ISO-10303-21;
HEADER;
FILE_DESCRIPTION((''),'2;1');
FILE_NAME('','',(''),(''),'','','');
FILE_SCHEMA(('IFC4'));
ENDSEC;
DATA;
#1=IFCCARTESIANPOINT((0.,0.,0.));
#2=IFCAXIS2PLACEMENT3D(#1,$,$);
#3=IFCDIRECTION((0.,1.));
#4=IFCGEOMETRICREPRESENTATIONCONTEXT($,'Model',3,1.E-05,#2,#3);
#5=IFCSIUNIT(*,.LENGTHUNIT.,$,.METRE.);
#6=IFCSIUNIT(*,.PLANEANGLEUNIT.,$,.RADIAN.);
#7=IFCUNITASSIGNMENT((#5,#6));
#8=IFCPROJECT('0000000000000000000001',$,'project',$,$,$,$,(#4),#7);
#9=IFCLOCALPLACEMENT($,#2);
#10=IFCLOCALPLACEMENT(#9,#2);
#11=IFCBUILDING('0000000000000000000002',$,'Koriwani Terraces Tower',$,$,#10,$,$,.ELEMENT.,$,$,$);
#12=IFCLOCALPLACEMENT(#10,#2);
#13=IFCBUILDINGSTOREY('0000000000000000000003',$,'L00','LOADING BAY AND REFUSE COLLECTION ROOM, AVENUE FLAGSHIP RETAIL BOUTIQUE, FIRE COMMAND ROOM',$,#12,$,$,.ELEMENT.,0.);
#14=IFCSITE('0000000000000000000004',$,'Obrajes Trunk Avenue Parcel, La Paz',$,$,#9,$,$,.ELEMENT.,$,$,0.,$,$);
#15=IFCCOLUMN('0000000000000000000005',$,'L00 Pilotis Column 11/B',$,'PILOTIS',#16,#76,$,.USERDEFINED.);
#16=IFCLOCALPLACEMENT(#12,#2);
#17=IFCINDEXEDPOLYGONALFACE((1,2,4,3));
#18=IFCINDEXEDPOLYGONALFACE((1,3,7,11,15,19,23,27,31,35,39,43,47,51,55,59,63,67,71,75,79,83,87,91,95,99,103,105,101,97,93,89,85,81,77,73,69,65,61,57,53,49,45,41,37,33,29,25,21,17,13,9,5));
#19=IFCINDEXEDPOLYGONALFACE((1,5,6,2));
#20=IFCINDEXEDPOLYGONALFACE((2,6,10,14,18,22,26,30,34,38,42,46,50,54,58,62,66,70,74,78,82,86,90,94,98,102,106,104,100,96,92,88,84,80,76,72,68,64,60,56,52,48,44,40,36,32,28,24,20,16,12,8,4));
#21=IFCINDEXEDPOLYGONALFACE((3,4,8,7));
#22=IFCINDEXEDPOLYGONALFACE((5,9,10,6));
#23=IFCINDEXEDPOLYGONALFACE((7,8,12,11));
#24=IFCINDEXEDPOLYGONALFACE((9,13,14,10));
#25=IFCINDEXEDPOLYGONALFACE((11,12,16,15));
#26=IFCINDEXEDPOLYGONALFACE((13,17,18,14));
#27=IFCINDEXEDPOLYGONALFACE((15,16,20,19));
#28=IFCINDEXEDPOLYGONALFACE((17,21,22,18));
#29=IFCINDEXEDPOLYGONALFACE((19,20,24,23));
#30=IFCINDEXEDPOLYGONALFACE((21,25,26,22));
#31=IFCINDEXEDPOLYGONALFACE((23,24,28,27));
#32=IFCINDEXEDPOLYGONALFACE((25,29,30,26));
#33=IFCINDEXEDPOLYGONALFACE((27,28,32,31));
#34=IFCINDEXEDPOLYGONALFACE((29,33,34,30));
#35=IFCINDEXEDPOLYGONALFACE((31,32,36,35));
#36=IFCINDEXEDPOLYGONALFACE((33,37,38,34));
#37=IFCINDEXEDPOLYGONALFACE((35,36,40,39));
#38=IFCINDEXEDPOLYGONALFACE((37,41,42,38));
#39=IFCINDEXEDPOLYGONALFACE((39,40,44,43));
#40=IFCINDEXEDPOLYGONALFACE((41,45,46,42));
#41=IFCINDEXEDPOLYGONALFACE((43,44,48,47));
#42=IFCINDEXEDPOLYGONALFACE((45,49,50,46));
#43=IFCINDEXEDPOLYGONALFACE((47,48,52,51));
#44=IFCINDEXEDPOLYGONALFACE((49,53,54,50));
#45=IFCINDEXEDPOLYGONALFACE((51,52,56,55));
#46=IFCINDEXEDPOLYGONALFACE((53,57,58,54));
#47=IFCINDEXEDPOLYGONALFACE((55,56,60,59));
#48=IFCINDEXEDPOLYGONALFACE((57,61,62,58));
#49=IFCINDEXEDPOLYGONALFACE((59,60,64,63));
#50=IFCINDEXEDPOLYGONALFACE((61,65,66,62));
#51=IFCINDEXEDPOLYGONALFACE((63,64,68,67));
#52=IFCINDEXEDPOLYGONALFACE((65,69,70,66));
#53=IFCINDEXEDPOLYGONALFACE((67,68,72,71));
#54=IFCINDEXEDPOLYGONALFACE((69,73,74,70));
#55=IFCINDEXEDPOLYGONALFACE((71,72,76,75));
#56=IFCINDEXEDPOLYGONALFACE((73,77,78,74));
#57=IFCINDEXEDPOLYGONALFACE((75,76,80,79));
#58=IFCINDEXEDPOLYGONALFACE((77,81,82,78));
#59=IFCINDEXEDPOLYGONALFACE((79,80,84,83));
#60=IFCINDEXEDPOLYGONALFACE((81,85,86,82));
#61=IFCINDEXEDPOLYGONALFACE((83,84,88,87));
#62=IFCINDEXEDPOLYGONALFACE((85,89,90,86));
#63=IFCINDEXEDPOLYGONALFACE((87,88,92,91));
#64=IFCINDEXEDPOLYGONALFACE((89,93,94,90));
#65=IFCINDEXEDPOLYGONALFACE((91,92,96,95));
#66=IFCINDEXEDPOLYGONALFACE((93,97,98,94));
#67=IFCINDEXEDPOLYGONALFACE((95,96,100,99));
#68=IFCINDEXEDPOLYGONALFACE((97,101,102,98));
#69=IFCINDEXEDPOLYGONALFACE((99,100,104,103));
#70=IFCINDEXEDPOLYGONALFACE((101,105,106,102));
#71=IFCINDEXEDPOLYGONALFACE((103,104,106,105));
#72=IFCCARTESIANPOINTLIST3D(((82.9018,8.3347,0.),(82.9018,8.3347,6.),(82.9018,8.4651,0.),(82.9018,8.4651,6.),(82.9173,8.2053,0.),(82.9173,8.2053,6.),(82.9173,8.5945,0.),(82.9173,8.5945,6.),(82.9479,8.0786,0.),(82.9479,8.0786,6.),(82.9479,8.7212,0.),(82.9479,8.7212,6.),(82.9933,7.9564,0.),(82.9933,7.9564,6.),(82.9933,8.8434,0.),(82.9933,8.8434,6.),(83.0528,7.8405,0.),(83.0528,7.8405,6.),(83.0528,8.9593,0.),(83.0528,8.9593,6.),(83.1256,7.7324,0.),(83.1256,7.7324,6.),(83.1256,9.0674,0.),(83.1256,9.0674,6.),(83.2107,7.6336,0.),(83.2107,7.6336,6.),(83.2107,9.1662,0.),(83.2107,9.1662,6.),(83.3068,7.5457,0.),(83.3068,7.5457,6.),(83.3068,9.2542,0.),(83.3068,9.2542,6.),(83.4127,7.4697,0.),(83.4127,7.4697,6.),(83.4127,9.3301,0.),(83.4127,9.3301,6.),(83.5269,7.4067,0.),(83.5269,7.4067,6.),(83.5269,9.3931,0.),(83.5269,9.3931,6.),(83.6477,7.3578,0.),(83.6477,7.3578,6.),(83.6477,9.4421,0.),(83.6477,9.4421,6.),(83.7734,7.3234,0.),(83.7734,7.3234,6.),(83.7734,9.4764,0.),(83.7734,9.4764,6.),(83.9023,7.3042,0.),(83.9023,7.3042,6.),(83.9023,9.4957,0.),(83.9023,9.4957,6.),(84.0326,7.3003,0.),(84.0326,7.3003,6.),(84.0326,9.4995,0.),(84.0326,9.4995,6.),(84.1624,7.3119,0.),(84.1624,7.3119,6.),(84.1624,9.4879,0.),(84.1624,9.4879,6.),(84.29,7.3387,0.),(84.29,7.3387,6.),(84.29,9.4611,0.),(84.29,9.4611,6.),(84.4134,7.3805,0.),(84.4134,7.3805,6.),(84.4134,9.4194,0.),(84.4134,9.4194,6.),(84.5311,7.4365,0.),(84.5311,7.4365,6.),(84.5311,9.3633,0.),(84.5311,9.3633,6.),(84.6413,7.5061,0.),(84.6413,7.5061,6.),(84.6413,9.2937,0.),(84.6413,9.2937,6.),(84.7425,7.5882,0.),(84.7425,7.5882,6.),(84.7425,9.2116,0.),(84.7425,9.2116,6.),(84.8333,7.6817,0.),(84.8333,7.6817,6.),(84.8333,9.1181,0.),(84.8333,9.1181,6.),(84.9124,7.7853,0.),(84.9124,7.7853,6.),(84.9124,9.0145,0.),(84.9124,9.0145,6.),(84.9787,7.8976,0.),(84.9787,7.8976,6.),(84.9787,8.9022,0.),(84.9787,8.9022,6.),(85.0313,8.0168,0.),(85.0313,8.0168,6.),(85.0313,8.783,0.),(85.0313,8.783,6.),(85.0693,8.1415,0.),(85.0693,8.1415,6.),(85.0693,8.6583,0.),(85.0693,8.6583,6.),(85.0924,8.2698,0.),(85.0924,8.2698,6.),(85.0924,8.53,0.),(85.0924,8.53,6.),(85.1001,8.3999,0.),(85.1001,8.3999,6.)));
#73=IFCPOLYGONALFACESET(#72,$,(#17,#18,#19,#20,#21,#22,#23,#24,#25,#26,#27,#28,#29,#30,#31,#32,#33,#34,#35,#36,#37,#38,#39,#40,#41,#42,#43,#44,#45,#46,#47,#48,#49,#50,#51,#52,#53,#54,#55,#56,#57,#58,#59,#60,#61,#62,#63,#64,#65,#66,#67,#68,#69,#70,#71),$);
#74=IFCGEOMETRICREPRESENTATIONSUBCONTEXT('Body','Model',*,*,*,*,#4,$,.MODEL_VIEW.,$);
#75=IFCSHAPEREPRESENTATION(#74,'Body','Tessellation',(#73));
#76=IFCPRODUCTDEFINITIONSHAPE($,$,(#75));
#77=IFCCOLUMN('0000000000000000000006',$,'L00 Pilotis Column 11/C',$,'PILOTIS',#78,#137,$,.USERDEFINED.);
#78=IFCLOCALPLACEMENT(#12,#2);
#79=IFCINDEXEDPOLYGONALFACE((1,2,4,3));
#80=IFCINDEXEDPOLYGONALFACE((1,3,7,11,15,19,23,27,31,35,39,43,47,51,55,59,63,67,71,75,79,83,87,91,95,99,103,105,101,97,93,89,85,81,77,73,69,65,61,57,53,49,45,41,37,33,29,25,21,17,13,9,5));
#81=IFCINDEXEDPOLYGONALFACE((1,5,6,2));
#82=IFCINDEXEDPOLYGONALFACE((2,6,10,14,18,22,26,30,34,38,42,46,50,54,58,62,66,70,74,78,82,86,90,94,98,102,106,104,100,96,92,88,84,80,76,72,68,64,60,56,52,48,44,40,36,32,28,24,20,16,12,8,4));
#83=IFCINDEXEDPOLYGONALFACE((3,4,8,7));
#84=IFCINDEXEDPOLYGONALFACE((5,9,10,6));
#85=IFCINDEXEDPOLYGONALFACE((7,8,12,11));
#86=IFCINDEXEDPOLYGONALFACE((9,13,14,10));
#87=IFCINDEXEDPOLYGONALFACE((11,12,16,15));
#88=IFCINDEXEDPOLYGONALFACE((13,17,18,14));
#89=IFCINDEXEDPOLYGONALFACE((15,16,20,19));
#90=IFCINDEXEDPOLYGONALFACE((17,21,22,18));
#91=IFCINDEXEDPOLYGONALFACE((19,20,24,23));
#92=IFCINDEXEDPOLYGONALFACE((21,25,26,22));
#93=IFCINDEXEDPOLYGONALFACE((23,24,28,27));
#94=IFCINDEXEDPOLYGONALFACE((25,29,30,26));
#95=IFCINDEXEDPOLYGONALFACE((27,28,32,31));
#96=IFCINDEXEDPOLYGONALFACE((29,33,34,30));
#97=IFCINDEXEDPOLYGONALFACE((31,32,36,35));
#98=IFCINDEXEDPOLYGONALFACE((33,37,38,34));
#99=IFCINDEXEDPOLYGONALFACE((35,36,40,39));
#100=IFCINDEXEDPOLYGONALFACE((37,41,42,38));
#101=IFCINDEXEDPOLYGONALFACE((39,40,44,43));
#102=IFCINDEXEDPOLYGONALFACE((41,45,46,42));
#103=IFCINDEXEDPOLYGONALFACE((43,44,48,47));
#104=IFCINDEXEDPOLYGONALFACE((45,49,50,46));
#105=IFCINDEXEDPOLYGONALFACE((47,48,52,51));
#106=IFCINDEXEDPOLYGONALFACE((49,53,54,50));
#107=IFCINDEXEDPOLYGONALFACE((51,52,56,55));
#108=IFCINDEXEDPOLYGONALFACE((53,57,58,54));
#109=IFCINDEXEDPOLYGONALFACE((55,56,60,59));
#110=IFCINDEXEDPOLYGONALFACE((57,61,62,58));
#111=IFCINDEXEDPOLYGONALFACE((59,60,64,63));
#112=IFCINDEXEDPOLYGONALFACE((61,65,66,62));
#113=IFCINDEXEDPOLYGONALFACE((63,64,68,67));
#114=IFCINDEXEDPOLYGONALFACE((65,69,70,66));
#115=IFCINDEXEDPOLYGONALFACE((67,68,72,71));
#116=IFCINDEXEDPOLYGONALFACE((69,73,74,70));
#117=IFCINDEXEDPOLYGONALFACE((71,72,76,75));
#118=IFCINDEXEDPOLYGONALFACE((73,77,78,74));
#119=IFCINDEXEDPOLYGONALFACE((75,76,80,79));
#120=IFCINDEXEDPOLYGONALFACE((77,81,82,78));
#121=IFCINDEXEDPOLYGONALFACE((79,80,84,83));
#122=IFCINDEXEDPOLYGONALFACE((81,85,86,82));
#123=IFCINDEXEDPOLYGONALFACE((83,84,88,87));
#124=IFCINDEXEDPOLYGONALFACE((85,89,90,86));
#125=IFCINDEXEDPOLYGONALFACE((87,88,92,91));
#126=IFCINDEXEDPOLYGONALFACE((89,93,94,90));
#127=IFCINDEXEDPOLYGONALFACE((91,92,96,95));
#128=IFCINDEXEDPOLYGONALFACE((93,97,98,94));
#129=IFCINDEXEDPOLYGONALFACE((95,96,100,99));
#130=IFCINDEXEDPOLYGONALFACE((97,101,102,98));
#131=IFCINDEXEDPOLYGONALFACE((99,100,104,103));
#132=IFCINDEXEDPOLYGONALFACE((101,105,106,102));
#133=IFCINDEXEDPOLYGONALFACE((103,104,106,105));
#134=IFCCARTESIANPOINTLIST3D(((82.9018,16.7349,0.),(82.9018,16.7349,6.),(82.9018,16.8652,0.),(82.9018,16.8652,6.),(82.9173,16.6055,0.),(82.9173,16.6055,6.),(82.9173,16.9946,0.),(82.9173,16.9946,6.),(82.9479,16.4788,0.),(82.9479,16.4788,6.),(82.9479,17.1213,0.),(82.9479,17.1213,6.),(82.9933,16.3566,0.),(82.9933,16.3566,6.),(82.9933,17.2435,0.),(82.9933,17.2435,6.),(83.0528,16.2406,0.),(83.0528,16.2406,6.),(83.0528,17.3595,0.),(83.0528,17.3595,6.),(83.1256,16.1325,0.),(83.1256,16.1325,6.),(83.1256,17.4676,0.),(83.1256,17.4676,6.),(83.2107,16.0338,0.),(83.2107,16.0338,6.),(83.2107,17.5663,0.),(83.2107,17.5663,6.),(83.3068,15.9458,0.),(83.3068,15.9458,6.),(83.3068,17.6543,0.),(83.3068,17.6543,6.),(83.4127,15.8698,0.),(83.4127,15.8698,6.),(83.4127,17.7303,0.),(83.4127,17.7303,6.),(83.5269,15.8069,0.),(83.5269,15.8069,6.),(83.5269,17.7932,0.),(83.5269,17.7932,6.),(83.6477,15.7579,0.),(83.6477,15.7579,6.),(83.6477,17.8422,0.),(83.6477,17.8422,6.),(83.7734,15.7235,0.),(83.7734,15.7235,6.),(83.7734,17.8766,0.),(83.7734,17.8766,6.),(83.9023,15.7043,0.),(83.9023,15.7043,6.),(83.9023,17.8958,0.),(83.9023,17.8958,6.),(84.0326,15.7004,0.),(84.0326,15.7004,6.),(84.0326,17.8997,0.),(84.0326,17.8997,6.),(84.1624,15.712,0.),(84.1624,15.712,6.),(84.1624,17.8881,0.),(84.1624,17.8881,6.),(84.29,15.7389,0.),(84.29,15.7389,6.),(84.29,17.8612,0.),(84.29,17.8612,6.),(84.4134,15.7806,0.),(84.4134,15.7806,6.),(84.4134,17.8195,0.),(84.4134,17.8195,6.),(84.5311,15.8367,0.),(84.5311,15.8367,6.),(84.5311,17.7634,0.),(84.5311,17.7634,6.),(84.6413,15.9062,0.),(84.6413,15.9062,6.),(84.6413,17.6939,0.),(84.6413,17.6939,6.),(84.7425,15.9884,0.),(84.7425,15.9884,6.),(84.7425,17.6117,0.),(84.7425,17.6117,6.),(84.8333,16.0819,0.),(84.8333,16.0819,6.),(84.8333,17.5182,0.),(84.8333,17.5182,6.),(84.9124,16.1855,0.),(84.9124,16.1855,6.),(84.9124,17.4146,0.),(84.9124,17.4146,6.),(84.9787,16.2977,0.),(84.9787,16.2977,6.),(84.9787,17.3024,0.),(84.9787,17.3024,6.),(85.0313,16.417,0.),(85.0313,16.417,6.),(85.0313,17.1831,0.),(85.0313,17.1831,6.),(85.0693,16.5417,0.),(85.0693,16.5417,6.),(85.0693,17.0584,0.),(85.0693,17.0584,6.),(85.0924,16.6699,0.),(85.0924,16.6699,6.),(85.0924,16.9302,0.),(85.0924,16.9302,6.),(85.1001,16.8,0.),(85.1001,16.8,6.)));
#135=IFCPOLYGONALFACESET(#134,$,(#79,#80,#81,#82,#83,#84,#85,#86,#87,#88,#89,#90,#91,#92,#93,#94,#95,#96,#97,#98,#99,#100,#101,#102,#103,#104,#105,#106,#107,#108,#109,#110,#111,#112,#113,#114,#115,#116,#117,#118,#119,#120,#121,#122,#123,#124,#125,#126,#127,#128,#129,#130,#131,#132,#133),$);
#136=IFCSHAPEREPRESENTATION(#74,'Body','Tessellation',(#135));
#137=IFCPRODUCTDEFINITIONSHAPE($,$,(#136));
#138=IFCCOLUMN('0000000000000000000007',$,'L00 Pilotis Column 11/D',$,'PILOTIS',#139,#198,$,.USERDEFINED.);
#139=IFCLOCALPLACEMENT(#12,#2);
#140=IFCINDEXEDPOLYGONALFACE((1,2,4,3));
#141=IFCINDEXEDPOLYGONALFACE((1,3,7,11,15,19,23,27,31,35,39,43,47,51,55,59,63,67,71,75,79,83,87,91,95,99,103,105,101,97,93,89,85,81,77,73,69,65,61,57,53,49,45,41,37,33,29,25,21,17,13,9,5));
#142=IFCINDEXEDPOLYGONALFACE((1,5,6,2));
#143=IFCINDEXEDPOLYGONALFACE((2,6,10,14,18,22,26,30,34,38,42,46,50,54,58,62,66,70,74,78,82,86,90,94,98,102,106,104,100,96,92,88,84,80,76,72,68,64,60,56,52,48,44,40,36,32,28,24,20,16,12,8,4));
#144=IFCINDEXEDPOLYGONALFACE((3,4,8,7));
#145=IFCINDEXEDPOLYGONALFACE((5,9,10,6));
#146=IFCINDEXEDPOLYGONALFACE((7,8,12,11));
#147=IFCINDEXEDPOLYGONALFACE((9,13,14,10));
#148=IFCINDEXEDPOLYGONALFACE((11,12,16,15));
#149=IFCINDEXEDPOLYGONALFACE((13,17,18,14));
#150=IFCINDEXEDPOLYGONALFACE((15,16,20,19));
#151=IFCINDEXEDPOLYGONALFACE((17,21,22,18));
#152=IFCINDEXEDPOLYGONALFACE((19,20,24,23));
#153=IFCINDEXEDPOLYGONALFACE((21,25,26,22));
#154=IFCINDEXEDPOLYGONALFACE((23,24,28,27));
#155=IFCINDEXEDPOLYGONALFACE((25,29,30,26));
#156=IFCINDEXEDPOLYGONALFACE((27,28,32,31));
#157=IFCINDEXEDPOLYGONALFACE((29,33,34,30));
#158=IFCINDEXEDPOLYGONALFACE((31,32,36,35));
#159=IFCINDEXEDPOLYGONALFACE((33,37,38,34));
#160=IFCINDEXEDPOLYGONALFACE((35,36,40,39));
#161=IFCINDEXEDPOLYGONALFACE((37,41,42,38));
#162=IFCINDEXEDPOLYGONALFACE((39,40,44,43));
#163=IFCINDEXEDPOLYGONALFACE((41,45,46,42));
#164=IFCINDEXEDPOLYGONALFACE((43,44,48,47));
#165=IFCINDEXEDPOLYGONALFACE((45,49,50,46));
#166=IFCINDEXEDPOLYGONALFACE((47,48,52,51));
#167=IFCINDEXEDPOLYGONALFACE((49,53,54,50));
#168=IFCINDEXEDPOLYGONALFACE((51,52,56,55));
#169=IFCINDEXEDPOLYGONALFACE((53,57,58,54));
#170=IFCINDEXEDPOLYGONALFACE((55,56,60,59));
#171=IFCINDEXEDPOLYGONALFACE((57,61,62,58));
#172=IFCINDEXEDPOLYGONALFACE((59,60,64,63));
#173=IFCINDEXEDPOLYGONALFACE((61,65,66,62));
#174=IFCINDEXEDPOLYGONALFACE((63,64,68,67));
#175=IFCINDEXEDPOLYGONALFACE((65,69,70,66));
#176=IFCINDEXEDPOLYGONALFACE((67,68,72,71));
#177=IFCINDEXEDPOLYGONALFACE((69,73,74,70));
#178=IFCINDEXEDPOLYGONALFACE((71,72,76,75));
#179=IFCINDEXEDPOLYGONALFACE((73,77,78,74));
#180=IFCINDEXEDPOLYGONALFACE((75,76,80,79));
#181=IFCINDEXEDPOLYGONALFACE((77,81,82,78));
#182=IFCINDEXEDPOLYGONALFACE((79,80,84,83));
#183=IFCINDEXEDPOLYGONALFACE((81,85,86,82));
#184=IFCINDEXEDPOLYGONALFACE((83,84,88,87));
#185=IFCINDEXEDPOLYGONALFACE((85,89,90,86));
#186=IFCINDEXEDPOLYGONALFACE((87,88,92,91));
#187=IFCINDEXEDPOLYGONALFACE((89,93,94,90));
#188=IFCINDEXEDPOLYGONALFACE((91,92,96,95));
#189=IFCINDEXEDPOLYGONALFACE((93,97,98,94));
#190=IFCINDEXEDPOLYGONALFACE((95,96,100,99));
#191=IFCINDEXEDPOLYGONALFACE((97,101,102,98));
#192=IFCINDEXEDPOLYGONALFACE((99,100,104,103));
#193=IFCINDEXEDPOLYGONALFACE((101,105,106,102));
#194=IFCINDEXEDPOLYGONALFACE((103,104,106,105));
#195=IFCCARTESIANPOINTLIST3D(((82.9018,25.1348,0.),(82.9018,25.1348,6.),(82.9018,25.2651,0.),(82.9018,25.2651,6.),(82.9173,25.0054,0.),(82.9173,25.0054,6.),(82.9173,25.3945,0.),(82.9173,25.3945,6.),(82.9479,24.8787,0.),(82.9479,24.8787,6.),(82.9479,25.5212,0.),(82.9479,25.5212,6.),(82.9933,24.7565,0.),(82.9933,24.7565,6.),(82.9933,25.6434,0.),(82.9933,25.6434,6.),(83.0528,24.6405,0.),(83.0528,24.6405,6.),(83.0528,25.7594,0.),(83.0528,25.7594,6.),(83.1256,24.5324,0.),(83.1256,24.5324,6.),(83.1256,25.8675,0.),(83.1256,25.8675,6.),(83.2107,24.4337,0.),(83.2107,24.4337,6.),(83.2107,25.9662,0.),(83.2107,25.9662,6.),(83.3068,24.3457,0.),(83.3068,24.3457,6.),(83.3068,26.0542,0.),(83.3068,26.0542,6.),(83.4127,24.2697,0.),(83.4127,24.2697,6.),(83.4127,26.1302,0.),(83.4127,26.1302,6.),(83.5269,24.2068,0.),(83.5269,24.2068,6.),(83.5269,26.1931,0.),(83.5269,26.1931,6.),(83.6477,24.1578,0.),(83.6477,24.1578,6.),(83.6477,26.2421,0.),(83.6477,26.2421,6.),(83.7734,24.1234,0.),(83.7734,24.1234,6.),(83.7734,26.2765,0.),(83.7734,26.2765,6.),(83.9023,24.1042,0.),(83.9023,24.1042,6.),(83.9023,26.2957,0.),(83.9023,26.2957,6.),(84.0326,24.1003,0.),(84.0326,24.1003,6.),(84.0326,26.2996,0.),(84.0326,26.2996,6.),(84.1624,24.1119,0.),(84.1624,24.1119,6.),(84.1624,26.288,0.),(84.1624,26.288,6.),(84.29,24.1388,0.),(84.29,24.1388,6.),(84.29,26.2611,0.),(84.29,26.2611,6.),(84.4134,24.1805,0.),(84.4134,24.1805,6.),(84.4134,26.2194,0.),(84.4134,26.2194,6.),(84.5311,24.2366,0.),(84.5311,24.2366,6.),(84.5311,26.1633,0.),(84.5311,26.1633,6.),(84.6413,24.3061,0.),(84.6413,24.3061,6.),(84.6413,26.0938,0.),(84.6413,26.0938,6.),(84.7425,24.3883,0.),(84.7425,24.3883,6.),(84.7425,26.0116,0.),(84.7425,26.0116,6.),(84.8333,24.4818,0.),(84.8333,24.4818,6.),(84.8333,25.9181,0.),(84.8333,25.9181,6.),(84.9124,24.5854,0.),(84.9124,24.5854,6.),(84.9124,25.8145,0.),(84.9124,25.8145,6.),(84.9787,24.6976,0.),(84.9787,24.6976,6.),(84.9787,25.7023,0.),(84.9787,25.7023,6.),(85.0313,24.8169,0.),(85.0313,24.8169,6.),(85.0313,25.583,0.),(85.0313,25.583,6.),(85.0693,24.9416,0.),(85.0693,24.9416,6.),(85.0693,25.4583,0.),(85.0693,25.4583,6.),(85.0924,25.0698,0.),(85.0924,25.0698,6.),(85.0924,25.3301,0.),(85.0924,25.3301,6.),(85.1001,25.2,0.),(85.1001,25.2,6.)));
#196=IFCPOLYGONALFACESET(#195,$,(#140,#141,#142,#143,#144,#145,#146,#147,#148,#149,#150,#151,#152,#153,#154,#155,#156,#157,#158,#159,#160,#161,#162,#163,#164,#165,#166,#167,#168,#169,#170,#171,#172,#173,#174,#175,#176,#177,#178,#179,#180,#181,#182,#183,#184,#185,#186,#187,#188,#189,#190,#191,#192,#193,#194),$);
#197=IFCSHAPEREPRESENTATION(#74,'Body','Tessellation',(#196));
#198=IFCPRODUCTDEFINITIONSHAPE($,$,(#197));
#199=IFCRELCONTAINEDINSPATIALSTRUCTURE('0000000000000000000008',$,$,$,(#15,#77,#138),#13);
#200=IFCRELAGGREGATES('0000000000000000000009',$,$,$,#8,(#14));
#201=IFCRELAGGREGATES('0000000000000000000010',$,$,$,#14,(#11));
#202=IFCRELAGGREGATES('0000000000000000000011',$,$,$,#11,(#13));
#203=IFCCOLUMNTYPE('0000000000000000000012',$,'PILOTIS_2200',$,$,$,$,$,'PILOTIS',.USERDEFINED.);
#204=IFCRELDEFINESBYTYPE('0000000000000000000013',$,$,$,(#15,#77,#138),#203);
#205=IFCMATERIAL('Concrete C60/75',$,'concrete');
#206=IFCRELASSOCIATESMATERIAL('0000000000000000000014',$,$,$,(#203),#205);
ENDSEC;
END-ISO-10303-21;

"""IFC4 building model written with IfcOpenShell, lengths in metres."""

from ifc_helpers import new_model, si_unit, direction, frame, origin, origin_2d, place, context, subcontext, project, spatial, circle, extrude, material, material_profile, profile_set, type_object, element, save


model = new_model("IFC4")

# Units and contexts
model_context = context("Model", 3, precision=1e-05, world=origin(), true_north=direction((0.0, 1.0)))
body_context = subcontext(model_context, "Body", "Model", "MODEL_VIEW")
ifc_project = project(units=[si_unit("LENGTHUNIT", "METRE"), si_unit("PLANEANGLEUNIT", "RADIAN")], contexts=[model_context])

# Site, building, storey
site_placement = place(None, origin())
site = spatial("IfcSite", under=ifc_project, at=site_placement, Name="Obrajes Trunk Avenue Parcel, La Paz", CompositionType="ELEMENT", RefElevation=0.0)
building_placement = place(site_placement, origin())
building = spatial("IfcBuilding", under=site, at=building_placement, Name="Koriwani Terraces Tower", CompositionType="ELEMENT")
storey_placement = place(building_placement, origin())
storey = spatial("IfcBuildingStorey", under=building, at=storey_placement, Name="L00", Description="LOADING BAY AND REFUSE COLLECTION ROOM, AVENUE FLAGSHIP RETAIL BOUTIQUE, FIRE COMMAND ROOM", CompositionType="ELEMENT", Elevation=0.0)

# Columns
ifc_material_1 = material(Name="Concrete C60/75", Category="concrete")
ifc_material_profile_1 = material_profile(ifc_material_1, circle(Radius=1.1001, at=origin_2d()), Name="Concrete C60/75", Category="LoadBearing")
ifc_profile_set_1 = profile_set([ifc_material_profile_1], Name="Concrete C60/75")
column_type_1 = type_object("IfcColumnType", Name="PILOTIS_2200", ElementType="PILOTIS", PredefinedType="USERDEFINED", material=ifc_profile_set_1)
for number, where, z_axis, x_axis, name in (
    (1, (84.0, 8.3999, 0.0), (0.0, 0.0, 1.0), (1.0, 0.0, 0.0), "L00 Pilotis Column 11/B"),
    (2, (84.0, 16.8, 0.0), (0.0, 0.0, 1.0), (1.0, 0.0, 0.0), "L00 Pilotis Column 11/C"),
    (3, (84.0, 25.2, 0.0), (0.0, 0.0, 1.0), (1.0, 0.0, 0.0), "L00 Pilotis Column 11/D"),
):
    element("IfcColumn", number, at=place(storey_placement, frame(where, z_axis=z_axis, x_axis=x_axis)), inside=storey, type_object=column_type_1, Name=name, ObjectType="PILOTIS", PredefinedType="USERDEFINED", context=body_context, shape_type="SweptSolid", body=[
        extrude(circle(Radius=1.1001, at=origin_2d()), origin(), (0.0, 0.0, 1.0), 6.0),
    ])

save(model, "model.ifc")
